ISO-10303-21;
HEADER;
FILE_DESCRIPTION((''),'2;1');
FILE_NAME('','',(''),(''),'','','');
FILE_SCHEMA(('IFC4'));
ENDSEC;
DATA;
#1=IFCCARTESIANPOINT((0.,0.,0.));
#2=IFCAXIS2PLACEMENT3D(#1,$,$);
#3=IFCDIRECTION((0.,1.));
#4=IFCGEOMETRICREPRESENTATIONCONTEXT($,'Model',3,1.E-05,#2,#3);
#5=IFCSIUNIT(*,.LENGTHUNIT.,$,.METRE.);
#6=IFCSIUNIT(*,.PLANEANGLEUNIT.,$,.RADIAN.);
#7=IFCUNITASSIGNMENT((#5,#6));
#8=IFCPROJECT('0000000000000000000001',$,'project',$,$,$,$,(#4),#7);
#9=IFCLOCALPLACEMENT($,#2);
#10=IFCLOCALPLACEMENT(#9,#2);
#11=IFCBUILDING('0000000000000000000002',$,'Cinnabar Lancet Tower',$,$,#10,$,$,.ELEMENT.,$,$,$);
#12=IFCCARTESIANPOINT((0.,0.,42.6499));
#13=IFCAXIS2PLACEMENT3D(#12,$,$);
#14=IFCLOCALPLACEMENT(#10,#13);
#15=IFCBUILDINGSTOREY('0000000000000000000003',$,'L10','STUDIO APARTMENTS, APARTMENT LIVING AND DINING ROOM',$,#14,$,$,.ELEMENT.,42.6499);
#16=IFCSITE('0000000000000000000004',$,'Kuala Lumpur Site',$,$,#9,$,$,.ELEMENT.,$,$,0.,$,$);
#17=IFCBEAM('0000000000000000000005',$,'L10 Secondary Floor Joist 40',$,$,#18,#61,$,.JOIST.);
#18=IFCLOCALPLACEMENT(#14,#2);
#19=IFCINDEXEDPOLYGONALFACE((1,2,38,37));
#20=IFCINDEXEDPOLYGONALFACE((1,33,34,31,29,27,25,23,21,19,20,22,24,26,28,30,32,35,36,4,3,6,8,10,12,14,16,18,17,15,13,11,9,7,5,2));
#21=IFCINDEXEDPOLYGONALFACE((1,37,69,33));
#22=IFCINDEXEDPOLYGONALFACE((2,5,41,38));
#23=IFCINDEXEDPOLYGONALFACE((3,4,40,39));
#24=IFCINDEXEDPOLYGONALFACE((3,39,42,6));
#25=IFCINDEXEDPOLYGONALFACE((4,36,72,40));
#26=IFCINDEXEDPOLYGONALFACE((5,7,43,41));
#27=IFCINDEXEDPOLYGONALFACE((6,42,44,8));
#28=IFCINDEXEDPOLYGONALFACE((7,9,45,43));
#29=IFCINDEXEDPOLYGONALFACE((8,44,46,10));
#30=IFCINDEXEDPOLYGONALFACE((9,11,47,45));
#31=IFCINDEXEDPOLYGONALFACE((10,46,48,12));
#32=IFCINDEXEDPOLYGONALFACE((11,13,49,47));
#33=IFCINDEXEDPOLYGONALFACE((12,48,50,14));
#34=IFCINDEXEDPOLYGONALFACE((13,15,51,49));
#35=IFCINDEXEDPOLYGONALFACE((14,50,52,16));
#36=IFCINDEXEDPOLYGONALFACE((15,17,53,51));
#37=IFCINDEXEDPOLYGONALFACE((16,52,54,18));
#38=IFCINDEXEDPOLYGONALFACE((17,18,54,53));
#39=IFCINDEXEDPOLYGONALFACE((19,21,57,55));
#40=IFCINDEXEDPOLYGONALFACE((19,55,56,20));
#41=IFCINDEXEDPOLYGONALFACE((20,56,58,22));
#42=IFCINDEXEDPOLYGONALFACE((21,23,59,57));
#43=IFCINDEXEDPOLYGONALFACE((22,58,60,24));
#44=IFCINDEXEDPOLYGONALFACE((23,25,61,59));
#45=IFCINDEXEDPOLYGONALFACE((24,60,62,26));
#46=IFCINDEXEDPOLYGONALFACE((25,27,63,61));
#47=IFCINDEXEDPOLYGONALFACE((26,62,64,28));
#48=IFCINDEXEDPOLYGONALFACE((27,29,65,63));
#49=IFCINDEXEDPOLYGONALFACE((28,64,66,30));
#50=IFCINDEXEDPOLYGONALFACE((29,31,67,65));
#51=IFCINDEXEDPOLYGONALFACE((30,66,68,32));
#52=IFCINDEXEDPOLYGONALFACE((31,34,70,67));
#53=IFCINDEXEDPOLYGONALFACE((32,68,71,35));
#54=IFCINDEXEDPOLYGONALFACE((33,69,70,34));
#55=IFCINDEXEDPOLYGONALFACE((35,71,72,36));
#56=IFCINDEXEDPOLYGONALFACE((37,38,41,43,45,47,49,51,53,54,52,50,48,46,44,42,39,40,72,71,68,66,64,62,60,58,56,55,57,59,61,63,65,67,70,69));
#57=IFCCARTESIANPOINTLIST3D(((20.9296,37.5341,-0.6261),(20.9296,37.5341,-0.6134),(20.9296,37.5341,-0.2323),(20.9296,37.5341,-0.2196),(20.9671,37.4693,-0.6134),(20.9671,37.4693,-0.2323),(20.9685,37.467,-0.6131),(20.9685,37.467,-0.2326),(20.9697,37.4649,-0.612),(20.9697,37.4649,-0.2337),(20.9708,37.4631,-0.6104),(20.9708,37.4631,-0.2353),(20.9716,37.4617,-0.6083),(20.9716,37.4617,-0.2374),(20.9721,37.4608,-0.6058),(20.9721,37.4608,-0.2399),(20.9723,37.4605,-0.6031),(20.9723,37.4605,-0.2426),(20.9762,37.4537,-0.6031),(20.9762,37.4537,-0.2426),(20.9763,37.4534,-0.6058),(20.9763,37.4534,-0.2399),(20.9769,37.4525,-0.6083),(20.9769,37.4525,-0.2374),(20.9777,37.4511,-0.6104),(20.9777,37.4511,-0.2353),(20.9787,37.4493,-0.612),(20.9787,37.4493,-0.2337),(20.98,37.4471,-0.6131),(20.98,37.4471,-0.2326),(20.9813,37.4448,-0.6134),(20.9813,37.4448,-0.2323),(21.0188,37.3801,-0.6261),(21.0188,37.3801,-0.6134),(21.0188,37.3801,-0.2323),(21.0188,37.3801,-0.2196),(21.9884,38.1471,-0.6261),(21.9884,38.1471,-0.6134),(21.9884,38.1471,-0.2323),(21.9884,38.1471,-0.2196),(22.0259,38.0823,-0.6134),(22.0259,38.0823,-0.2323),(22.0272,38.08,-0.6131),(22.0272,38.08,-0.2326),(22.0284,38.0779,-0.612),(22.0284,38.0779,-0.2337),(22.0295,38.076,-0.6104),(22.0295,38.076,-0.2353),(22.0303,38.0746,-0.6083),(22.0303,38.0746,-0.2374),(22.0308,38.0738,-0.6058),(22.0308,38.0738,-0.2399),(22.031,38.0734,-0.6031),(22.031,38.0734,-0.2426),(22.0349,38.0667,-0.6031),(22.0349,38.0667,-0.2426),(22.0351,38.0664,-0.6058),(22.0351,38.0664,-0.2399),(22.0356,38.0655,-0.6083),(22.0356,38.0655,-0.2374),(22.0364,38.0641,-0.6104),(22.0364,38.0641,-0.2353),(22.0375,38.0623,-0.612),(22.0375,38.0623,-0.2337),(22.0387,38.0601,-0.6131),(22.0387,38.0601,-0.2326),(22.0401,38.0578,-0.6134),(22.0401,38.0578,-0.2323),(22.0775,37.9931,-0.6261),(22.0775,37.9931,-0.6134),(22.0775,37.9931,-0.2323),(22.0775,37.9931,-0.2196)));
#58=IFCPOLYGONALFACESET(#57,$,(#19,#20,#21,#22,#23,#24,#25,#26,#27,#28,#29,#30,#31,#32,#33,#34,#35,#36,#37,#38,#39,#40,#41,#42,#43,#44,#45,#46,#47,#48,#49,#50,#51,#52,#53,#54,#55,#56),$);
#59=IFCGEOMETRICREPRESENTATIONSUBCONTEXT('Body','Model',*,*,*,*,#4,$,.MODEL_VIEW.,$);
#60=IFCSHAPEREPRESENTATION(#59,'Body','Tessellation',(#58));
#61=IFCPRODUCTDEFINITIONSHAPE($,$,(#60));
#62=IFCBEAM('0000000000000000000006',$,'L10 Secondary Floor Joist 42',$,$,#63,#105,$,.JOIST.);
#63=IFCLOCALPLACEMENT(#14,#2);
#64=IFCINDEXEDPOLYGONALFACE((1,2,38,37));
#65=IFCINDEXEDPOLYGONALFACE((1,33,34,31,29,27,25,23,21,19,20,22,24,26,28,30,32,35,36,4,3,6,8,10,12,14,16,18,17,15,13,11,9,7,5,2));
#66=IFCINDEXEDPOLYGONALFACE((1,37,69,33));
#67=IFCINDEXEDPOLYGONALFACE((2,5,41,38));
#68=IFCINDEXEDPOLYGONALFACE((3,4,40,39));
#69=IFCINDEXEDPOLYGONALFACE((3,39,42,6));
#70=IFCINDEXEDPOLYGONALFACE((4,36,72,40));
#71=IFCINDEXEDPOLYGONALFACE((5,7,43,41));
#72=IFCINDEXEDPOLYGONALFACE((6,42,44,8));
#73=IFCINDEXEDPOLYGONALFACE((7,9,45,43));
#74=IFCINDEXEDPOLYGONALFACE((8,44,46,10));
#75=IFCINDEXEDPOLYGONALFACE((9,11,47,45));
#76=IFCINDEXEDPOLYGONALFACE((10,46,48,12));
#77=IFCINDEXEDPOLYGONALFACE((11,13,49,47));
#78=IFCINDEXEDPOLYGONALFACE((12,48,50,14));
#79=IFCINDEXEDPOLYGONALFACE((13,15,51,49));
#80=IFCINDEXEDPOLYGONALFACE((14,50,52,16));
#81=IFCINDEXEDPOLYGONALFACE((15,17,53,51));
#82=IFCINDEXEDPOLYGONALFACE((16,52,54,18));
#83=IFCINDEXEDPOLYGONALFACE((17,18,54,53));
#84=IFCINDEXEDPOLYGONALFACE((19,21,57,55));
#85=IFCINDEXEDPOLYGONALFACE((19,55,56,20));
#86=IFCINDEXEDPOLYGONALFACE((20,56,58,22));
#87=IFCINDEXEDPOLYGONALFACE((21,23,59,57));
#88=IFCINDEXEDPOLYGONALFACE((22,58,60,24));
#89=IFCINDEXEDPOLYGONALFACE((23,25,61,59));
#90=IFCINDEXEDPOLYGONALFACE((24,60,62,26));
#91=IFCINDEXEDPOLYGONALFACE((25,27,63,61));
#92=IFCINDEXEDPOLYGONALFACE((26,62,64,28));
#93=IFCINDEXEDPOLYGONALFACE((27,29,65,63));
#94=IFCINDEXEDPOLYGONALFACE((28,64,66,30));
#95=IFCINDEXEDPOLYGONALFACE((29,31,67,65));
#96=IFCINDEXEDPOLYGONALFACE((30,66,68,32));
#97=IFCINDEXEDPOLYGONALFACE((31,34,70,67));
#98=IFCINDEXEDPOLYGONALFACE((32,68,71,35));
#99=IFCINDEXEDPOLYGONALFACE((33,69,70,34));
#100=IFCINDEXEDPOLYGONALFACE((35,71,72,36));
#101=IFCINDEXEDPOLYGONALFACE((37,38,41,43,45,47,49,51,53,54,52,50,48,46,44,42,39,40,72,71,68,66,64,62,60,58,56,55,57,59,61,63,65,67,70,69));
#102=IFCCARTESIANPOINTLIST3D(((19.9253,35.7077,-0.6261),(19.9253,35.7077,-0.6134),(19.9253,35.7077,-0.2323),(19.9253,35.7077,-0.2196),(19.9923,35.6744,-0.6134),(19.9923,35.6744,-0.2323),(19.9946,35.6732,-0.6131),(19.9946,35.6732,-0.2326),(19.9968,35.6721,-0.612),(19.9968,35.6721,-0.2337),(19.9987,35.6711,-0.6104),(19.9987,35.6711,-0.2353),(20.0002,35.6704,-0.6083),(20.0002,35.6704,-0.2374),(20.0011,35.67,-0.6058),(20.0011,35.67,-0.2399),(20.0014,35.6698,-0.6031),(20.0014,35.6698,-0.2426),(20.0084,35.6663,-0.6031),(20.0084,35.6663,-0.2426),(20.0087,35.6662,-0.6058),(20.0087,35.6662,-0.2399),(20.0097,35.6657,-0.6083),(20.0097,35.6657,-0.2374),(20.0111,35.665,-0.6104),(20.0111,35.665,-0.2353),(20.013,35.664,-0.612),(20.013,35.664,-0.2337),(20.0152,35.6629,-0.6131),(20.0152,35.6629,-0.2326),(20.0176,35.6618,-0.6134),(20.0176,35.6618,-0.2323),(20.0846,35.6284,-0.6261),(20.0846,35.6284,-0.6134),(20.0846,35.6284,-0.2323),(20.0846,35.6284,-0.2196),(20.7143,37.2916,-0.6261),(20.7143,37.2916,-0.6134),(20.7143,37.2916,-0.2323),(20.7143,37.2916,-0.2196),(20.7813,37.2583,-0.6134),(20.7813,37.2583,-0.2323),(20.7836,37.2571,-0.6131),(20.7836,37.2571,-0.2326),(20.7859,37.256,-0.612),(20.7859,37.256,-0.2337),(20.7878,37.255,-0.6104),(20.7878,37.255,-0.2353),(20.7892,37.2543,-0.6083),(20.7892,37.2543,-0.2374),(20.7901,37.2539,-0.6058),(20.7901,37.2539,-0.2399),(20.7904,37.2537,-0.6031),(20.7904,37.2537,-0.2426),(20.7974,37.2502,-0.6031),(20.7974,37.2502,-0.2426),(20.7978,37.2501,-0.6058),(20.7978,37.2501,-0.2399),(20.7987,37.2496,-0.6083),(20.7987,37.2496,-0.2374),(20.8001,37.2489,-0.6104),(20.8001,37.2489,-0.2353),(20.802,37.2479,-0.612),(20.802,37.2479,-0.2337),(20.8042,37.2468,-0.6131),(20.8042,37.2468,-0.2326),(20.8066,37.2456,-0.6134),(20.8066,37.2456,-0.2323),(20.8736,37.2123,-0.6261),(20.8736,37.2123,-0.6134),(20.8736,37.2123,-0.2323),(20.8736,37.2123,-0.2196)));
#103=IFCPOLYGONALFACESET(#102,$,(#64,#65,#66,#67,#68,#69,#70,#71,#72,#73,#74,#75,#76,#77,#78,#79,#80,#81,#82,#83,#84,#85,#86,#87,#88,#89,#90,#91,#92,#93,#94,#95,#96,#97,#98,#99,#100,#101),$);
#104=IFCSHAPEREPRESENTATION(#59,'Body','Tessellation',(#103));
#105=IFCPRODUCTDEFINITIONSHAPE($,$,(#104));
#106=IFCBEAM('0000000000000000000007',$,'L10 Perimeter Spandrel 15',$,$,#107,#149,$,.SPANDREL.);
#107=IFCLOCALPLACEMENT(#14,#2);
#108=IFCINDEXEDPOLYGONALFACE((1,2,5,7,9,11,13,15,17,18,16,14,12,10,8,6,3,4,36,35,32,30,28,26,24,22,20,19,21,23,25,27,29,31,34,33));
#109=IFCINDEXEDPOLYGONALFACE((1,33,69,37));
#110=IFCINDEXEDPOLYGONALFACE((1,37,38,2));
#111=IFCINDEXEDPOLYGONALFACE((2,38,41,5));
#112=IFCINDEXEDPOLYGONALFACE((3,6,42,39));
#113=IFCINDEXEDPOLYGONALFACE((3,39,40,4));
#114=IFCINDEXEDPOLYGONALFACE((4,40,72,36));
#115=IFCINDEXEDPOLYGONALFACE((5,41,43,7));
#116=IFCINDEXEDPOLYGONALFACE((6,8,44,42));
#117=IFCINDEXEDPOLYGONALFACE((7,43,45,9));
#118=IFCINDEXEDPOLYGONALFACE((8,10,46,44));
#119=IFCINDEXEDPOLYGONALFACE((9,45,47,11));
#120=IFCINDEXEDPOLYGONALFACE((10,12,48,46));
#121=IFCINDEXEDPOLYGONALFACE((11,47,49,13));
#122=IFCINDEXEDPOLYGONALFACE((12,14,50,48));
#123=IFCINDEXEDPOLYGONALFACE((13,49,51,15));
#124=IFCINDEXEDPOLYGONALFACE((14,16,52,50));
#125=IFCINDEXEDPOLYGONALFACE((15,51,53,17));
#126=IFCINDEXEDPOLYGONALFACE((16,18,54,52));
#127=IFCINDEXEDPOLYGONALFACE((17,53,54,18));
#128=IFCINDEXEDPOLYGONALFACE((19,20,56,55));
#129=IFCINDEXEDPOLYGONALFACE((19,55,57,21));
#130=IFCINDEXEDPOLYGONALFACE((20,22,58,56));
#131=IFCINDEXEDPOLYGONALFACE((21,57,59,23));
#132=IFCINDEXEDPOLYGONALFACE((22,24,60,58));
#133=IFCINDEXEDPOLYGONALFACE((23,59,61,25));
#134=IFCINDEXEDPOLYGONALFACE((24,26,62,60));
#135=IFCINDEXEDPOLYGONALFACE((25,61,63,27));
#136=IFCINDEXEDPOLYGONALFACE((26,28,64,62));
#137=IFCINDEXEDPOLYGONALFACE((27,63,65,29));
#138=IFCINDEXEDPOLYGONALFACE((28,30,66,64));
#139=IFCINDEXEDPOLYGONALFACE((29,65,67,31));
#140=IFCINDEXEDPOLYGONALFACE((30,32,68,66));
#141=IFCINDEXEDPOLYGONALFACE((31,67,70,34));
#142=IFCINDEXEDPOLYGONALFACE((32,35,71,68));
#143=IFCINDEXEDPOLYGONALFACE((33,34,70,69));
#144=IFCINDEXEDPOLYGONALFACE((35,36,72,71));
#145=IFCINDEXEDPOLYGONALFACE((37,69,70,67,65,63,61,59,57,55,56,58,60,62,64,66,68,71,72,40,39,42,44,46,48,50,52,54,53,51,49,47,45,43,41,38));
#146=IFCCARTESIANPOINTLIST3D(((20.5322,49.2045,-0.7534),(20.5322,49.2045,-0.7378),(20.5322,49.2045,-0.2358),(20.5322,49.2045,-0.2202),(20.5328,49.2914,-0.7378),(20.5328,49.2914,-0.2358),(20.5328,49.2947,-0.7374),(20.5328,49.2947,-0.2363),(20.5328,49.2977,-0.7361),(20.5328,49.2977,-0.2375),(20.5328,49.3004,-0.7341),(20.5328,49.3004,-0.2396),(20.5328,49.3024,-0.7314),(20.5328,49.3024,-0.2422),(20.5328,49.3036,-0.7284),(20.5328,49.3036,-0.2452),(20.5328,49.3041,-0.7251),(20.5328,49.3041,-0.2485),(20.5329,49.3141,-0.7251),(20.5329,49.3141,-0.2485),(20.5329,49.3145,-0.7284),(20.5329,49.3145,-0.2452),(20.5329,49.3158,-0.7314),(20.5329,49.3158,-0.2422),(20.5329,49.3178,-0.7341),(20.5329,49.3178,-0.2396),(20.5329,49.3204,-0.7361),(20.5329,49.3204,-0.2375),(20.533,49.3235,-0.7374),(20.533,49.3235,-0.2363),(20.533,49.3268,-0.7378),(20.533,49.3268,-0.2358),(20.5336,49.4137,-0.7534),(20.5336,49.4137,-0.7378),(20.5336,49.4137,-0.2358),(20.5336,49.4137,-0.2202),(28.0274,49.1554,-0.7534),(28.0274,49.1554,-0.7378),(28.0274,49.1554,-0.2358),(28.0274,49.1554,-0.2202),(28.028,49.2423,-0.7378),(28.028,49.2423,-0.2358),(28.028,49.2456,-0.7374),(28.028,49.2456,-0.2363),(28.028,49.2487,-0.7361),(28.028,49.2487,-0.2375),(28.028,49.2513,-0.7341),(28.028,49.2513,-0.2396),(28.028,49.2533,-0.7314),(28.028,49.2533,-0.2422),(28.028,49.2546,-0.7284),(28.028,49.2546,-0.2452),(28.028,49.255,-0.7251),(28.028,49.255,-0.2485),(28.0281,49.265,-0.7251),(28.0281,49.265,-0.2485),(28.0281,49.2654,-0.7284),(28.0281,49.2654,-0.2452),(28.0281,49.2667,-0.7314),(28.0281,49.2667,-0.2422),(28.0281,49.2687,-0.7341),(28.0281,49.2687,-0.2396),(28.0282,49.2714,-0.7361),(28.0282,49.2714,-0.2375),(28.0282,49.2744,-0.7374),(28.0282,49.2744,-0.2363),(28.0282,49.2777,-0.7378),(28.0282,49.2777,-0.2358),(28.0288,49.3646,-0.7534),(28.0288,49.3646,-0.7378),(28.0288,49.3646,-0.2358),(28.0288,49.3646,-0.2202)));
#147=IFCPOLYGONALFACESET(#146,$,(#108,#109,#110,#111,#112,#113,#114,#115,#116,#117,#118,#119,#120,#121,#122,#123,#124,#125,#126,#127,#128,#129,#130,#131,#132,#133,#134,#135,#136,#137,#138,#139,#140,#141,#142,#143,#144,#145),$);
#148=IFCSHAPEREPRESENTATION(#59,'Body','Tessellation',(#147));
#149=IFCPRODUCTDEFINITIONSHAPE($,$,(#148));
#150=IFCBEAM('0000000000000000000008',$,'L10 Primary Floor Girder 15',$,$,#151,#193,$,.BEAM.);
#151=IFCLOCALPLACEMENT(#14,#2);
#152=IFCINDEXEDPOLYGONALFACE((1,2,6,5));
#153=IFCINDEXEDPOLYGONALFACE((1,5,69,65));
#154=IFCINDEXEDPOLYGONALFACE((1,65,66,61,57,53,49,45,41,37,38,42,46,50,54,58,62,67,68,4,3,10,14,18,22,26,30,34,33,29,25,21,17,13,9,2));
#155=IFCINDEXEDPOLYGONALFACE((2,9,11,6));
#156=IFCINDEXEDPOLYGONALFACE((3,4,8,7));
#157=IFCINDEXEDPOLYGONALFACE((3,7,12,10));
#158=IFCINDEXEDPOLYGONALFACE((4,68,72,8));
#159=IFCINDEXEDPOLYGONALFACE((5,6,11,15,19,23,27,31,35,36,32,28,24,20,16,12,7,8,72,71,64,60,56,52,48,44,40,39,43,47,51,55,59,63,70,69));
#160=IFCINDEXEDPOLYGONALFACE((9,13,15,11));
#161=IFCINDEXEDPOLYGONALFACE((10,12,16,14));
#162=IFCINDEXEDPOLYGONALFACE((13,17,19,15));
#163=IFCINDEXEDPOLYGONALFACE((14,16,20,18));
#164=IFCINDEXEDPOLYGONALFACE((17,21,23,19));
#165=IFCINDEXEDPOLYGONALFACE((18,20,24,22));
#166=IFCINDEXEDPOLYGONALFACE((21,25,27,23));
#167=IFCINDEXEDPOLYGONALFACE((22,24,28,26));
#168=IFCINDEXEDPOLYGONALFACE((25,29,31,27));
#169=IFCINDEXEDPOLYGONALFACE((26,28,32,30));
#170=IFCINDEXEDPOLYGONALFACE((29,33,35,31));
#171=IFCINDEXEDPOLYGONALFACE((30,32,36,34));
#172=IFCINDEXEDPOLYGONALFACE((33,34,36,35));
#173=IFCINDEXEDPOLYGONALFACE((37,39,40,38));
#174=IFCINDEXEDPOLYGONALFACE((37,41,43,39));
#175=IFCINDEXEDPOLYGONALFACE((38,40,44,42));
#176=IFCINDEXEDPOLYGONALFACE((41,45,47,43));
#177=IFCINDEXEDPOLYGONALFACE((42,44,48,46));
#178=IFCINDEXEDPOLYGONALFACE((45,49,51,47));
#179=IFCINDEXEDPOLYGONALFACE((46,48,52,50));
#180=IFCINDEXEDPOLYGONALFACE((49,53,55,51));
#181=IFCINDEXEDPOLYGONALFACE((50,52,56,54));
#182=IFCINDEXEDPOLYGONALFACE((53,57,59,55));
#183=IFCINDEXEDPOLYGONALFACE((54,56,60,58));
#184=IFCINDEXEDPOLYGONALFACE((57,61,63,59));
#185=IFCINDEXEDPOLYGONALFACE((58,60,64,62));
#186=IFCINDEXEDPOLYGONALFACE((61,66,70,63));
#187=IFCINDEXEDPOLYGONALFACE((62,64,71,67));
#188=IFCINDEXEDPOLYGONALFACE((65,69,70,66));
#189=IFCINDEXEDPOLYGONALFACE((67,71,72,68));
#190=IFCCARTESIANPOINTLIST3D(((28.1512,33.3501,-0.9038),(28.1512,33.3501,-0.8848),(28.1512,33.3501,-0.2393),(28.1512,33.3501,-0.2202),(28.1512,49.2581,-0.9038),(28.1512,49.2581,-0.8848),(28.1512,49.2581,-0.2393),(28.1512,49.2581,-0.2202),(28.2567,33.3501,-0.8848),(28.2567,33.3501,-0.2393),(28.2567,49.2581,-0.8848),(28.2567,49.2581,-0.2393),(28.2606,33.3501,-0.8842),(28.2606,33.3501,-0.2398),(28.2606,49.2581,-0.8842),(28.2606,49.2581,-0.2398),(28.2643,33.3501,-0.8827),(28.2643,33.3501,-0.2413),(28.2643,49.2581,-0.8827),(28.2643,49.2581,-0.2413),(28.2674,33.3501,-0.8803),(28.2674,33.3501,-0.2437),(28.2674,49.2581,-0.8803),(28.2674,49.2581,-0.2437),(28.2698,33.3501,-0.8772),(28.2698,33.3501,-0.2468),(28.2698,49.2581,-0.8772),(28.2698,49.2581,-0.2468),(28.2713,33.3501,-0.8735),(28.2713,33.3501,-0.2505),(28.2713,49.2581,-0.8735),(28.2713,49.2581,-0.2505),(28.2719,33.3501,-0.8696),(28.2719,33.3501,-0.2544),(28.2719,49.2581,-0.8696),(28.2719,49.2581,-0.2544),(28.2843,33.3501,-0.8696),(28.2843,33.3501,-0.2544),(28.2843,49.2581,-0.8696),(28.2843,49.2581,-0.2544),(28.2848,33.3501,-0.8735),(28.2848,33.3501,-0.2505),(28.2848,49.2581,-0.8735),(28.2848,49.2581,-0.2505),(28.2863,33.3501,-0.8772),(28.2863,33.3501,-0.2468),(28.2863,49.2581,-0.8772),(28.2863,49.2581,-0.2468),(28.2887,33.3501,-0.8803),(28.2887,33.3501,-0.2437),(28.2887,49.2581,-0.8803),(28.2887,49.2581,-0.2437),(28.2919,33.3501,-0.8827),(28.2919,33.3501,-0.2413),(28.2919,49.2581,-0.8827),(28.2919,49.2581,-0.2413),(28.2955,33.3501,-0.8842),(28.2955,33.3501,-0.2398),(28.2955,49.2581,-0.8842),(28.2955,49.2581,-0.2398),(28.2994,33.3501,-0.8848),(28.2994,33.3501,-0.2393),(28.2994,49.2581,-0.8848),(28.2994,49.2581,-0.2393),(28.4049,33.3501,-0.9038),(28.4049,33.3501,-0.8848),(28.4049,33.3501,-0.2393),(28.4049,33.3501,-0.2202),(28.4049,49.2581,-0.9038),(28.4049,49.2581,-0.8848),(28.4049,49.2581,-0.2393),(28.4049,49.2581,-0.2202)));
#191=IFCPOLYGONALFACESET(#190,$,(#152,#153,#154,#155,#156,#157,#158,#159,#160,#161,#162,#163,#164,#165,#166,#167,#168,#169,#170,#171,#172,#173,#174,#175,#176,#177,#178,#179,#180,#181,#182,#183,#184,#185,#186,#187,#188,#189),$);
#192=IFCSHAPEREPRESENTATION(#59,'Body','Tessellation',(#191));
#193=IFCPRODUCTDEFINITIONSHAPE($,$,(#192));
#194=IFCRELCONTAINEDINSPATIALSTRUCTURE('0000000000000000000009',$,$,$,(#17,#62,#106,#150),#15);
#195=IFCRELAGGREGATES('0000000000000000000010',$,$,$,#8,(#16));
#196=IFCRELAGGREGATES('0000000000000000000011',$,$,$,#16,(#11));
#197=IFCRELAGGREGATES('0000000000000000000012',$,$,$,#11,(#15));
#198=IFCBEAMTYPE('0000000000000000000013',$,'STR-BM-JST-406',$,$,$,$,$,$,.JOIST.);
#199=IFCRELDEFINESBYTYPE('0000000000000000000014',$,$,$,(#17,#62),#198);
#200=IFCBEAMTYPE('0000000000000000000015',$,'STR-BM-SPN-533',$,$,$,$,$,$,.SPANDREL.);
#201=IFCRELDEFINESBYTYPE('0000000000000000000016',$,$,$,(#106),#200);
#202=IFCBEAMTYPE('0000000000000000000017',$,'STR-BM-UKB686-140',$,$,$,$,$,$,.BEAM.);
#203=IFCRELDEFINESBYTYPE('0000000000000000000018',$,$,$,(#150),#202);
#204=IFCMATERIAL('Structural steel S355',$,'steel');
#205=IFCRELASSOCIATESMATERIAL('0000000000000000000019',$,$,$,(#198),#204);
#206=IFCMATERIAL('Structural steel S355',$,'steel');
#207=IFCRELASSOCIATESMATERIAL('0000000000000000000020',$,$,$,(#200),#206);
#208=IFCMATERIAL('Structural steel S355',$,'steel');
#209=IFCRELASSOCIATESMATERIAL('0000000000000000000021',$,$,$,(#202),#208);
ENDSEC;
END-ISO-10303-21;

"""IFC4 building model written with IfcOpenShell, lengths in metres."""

from ifc_helpers import new_model, si_unit, direction, frame, origin, origin_2d, place, context, subcontext, project, spatial, i_section, extrude, material, material_profile, profile_set, type_object, element, save


model = new_model("IFC4")

# Units and contexts
model_context = context("Model", 3, precision=1e-05, world=origin(), true_north=direction((0.0, 1.0)))
body_context = subcontext(model_context, "Body", "Model", "MODEL_VIEW")
ifc_project = project(units=[si_unit("LENGTHUNIT", "METRE"), si_unit("PLANEANGLEUNIT", "RADIAN")], contexts=[model_context])

# Site, building, storey
site_placement = place(None, origin())
site = spatial("IfcSite", under=ifc_project, at=site_placement, Name="Kuala Lumpur Site", CompositionType="ELEMENT", RefElevation=0.0)
building_placement = place(site_placement, origin())
building = spatial("IfcBuilding", under=site, at=building_placement, Name="Cinnabar Lancet Tower", CompositionType="ELEMENT")
storey_placement = place(building_placement, frame((0.0, 0.0, 42.6499)))
storey = spatial("IfcBuildingStorey", under=building, at=storey_placement, Name="L10", Description="STUDIO APARTMENTS, APARTMENT LIVING AND DINING ROOM", CompositionType="ELEMENT", Elevation=42.6499)

# Beams
ifc_material_1 = material(Name="Structural steel S355", Category="steel")
ifc_material_profile_1 = material_profile(ifc_material_1, i_section(OverallWidth=0.178, OverallDepth=0.4065, WebThickness=0.0078, FlangeThickness=0.0127, FilletRadius=0.0103, at=origin_2d()), Name="UKB 406x178x60")
ifc_profile_set_1 = profile_set([ifc_material_profile_1], Name="Structural steel S355")
beam_type_1 = type_object("IfcBeamType", Name="STR-BM-JST-406", PredefinedType="JOIST", material=ifc_profile_set_1)
beam_1_placement = place(storey_placement, frame((22.033, 38.0701, -0.4229), z_axis=(-0.865417, -0.501052, 0.0), x_axis=(0.501052, -0.865417, 0.0)))
element("IfcBeam", 1, at=beam_1_placement, inside=storey, type_object=beam_type_1, Name="L10 Secondary Floor Joist 40", PredefinedType="JOIST", context=body_context, shape_type="SweptSolid", body=[
    extrude(i_section(OverallWidth=0.178, OverallDepth=0.4065, WebThickness=0.0078, FlangeThickness=0.0127, FilletRadius=0.0103, at=origin_2d()), origin(), (0.0, 0.0, 1.0), 1.2234),
])
beam_2_placement = place(storey_placement, frame((20.7939, 37.252, -0.4229), z_axis=(-0.445889, -0.895088, 0.0), x_axis=(0.895088, -0.445889, 0.0)))
element("IfcBeam", 2, at=beam_2_placement, inside=storey, type_object=beam_type_1, Name="L10 Secondary Floor Joist 42", PredefinedType="JOIST", context=body_context, shape_type="SweptSolid", body=[
    extrude(i_section(OverallWidth=0.178, OverallDepth=0.4065, WebThickness=0.0078, FlangeThickness=0.0127, FilletRadius=0.0103, at=origin_2d()), origin(), (0.0, 0.0, 1.0), 1.7695),
])
ifc_material_2 = material(Name="Structural steel S355", Category="steel")
ifc_material_profile_2 = material_profile(ifc_material_2, i_section(OverallWidth=0.2092, OverallDepth=0.5332, WebThickness=0.01, FlangeThickness=0.0156, FilletRadius=0.0127, at=origin_2d()), Name="UKB 533x210x92")
ifc_profile_set_2 = profile_set([ifc_material_profile_2], Name="Structural steel S355")
beam_type_2 = type_object("IfcBeamType", Name="STR-BM-SPN-533", PredefinedType="SPANDREL", material=ifc_profile_set_2)
beam_3_placement = place(storey_placement, frame((28.0281, 49.26, -0.4868), z_axis=(-0.999979, 0.006547, 0.0), x_axis=(-0.006547, -0.999979, 0.0)))
element("IfcBeam", 3, at=beam_3_placement, inside=storey, type_object=beam_type_2, Name="L10 Perimeter Spandrel 15", PredefinedType="SPANDREL", context=body_context, shape_type="SweptSolid", body=[
    extrude(i_section(OverallWidth=0.2092, OverallDepth=0.5332, WebThickness=0.01, FlangeThickness=0.0156, FilletRadius=0.0127, at=origin_2d()), origin(), (0.0, 0.0, 1.0), 7.4954),
])
ifc_material_3 = material(Name="Structural steel S355", Category="steel")
ifc_material_profile_3 = material_profile(ifc_material_3, i_section(OverallWidth=0.2537, OverallDepth=0.6836, WebThickness=0.0125, FlangeThickness=0.019, FilletRadius=0.0151, at=origin_2d()), Name="UKB 686x254x140")
ifc_profile_set_3 = profile_set([ifc_material_profile_3], Name="Structural steel S355")
beam_type_3 = type_object("IfcBeamType", Name="STR-BM-UKB686-140", PredefinedType="BEAM", material=ifc_profile_set_3)
beam_4_placement = place(storey_placement, frame((28.2781, 49.2581, -0.562), z_axis=(0.0, -1.0, 0.0), x_axis=(1.0, 0.0, 0.0)))
element("IfcBeam", 4, at=beam_4_placement, inside=storey, type_object=beam_type_3, Name="L10 Primary Floor Girder 15", PredefinedType="BEAM", context=body_context, shape_type="SweptSolid", body=[
    extrude(i_section(OverallWidth=0.2537, OverallDepth=0.6836, WebThickness=0.0125, FlangeThickness=0.019, FilletRadius=0.0151, at=origin_2d()), origin(), (0.0, 0.0, 1.0), 15.908),
])

save(model, "model.ifc")
